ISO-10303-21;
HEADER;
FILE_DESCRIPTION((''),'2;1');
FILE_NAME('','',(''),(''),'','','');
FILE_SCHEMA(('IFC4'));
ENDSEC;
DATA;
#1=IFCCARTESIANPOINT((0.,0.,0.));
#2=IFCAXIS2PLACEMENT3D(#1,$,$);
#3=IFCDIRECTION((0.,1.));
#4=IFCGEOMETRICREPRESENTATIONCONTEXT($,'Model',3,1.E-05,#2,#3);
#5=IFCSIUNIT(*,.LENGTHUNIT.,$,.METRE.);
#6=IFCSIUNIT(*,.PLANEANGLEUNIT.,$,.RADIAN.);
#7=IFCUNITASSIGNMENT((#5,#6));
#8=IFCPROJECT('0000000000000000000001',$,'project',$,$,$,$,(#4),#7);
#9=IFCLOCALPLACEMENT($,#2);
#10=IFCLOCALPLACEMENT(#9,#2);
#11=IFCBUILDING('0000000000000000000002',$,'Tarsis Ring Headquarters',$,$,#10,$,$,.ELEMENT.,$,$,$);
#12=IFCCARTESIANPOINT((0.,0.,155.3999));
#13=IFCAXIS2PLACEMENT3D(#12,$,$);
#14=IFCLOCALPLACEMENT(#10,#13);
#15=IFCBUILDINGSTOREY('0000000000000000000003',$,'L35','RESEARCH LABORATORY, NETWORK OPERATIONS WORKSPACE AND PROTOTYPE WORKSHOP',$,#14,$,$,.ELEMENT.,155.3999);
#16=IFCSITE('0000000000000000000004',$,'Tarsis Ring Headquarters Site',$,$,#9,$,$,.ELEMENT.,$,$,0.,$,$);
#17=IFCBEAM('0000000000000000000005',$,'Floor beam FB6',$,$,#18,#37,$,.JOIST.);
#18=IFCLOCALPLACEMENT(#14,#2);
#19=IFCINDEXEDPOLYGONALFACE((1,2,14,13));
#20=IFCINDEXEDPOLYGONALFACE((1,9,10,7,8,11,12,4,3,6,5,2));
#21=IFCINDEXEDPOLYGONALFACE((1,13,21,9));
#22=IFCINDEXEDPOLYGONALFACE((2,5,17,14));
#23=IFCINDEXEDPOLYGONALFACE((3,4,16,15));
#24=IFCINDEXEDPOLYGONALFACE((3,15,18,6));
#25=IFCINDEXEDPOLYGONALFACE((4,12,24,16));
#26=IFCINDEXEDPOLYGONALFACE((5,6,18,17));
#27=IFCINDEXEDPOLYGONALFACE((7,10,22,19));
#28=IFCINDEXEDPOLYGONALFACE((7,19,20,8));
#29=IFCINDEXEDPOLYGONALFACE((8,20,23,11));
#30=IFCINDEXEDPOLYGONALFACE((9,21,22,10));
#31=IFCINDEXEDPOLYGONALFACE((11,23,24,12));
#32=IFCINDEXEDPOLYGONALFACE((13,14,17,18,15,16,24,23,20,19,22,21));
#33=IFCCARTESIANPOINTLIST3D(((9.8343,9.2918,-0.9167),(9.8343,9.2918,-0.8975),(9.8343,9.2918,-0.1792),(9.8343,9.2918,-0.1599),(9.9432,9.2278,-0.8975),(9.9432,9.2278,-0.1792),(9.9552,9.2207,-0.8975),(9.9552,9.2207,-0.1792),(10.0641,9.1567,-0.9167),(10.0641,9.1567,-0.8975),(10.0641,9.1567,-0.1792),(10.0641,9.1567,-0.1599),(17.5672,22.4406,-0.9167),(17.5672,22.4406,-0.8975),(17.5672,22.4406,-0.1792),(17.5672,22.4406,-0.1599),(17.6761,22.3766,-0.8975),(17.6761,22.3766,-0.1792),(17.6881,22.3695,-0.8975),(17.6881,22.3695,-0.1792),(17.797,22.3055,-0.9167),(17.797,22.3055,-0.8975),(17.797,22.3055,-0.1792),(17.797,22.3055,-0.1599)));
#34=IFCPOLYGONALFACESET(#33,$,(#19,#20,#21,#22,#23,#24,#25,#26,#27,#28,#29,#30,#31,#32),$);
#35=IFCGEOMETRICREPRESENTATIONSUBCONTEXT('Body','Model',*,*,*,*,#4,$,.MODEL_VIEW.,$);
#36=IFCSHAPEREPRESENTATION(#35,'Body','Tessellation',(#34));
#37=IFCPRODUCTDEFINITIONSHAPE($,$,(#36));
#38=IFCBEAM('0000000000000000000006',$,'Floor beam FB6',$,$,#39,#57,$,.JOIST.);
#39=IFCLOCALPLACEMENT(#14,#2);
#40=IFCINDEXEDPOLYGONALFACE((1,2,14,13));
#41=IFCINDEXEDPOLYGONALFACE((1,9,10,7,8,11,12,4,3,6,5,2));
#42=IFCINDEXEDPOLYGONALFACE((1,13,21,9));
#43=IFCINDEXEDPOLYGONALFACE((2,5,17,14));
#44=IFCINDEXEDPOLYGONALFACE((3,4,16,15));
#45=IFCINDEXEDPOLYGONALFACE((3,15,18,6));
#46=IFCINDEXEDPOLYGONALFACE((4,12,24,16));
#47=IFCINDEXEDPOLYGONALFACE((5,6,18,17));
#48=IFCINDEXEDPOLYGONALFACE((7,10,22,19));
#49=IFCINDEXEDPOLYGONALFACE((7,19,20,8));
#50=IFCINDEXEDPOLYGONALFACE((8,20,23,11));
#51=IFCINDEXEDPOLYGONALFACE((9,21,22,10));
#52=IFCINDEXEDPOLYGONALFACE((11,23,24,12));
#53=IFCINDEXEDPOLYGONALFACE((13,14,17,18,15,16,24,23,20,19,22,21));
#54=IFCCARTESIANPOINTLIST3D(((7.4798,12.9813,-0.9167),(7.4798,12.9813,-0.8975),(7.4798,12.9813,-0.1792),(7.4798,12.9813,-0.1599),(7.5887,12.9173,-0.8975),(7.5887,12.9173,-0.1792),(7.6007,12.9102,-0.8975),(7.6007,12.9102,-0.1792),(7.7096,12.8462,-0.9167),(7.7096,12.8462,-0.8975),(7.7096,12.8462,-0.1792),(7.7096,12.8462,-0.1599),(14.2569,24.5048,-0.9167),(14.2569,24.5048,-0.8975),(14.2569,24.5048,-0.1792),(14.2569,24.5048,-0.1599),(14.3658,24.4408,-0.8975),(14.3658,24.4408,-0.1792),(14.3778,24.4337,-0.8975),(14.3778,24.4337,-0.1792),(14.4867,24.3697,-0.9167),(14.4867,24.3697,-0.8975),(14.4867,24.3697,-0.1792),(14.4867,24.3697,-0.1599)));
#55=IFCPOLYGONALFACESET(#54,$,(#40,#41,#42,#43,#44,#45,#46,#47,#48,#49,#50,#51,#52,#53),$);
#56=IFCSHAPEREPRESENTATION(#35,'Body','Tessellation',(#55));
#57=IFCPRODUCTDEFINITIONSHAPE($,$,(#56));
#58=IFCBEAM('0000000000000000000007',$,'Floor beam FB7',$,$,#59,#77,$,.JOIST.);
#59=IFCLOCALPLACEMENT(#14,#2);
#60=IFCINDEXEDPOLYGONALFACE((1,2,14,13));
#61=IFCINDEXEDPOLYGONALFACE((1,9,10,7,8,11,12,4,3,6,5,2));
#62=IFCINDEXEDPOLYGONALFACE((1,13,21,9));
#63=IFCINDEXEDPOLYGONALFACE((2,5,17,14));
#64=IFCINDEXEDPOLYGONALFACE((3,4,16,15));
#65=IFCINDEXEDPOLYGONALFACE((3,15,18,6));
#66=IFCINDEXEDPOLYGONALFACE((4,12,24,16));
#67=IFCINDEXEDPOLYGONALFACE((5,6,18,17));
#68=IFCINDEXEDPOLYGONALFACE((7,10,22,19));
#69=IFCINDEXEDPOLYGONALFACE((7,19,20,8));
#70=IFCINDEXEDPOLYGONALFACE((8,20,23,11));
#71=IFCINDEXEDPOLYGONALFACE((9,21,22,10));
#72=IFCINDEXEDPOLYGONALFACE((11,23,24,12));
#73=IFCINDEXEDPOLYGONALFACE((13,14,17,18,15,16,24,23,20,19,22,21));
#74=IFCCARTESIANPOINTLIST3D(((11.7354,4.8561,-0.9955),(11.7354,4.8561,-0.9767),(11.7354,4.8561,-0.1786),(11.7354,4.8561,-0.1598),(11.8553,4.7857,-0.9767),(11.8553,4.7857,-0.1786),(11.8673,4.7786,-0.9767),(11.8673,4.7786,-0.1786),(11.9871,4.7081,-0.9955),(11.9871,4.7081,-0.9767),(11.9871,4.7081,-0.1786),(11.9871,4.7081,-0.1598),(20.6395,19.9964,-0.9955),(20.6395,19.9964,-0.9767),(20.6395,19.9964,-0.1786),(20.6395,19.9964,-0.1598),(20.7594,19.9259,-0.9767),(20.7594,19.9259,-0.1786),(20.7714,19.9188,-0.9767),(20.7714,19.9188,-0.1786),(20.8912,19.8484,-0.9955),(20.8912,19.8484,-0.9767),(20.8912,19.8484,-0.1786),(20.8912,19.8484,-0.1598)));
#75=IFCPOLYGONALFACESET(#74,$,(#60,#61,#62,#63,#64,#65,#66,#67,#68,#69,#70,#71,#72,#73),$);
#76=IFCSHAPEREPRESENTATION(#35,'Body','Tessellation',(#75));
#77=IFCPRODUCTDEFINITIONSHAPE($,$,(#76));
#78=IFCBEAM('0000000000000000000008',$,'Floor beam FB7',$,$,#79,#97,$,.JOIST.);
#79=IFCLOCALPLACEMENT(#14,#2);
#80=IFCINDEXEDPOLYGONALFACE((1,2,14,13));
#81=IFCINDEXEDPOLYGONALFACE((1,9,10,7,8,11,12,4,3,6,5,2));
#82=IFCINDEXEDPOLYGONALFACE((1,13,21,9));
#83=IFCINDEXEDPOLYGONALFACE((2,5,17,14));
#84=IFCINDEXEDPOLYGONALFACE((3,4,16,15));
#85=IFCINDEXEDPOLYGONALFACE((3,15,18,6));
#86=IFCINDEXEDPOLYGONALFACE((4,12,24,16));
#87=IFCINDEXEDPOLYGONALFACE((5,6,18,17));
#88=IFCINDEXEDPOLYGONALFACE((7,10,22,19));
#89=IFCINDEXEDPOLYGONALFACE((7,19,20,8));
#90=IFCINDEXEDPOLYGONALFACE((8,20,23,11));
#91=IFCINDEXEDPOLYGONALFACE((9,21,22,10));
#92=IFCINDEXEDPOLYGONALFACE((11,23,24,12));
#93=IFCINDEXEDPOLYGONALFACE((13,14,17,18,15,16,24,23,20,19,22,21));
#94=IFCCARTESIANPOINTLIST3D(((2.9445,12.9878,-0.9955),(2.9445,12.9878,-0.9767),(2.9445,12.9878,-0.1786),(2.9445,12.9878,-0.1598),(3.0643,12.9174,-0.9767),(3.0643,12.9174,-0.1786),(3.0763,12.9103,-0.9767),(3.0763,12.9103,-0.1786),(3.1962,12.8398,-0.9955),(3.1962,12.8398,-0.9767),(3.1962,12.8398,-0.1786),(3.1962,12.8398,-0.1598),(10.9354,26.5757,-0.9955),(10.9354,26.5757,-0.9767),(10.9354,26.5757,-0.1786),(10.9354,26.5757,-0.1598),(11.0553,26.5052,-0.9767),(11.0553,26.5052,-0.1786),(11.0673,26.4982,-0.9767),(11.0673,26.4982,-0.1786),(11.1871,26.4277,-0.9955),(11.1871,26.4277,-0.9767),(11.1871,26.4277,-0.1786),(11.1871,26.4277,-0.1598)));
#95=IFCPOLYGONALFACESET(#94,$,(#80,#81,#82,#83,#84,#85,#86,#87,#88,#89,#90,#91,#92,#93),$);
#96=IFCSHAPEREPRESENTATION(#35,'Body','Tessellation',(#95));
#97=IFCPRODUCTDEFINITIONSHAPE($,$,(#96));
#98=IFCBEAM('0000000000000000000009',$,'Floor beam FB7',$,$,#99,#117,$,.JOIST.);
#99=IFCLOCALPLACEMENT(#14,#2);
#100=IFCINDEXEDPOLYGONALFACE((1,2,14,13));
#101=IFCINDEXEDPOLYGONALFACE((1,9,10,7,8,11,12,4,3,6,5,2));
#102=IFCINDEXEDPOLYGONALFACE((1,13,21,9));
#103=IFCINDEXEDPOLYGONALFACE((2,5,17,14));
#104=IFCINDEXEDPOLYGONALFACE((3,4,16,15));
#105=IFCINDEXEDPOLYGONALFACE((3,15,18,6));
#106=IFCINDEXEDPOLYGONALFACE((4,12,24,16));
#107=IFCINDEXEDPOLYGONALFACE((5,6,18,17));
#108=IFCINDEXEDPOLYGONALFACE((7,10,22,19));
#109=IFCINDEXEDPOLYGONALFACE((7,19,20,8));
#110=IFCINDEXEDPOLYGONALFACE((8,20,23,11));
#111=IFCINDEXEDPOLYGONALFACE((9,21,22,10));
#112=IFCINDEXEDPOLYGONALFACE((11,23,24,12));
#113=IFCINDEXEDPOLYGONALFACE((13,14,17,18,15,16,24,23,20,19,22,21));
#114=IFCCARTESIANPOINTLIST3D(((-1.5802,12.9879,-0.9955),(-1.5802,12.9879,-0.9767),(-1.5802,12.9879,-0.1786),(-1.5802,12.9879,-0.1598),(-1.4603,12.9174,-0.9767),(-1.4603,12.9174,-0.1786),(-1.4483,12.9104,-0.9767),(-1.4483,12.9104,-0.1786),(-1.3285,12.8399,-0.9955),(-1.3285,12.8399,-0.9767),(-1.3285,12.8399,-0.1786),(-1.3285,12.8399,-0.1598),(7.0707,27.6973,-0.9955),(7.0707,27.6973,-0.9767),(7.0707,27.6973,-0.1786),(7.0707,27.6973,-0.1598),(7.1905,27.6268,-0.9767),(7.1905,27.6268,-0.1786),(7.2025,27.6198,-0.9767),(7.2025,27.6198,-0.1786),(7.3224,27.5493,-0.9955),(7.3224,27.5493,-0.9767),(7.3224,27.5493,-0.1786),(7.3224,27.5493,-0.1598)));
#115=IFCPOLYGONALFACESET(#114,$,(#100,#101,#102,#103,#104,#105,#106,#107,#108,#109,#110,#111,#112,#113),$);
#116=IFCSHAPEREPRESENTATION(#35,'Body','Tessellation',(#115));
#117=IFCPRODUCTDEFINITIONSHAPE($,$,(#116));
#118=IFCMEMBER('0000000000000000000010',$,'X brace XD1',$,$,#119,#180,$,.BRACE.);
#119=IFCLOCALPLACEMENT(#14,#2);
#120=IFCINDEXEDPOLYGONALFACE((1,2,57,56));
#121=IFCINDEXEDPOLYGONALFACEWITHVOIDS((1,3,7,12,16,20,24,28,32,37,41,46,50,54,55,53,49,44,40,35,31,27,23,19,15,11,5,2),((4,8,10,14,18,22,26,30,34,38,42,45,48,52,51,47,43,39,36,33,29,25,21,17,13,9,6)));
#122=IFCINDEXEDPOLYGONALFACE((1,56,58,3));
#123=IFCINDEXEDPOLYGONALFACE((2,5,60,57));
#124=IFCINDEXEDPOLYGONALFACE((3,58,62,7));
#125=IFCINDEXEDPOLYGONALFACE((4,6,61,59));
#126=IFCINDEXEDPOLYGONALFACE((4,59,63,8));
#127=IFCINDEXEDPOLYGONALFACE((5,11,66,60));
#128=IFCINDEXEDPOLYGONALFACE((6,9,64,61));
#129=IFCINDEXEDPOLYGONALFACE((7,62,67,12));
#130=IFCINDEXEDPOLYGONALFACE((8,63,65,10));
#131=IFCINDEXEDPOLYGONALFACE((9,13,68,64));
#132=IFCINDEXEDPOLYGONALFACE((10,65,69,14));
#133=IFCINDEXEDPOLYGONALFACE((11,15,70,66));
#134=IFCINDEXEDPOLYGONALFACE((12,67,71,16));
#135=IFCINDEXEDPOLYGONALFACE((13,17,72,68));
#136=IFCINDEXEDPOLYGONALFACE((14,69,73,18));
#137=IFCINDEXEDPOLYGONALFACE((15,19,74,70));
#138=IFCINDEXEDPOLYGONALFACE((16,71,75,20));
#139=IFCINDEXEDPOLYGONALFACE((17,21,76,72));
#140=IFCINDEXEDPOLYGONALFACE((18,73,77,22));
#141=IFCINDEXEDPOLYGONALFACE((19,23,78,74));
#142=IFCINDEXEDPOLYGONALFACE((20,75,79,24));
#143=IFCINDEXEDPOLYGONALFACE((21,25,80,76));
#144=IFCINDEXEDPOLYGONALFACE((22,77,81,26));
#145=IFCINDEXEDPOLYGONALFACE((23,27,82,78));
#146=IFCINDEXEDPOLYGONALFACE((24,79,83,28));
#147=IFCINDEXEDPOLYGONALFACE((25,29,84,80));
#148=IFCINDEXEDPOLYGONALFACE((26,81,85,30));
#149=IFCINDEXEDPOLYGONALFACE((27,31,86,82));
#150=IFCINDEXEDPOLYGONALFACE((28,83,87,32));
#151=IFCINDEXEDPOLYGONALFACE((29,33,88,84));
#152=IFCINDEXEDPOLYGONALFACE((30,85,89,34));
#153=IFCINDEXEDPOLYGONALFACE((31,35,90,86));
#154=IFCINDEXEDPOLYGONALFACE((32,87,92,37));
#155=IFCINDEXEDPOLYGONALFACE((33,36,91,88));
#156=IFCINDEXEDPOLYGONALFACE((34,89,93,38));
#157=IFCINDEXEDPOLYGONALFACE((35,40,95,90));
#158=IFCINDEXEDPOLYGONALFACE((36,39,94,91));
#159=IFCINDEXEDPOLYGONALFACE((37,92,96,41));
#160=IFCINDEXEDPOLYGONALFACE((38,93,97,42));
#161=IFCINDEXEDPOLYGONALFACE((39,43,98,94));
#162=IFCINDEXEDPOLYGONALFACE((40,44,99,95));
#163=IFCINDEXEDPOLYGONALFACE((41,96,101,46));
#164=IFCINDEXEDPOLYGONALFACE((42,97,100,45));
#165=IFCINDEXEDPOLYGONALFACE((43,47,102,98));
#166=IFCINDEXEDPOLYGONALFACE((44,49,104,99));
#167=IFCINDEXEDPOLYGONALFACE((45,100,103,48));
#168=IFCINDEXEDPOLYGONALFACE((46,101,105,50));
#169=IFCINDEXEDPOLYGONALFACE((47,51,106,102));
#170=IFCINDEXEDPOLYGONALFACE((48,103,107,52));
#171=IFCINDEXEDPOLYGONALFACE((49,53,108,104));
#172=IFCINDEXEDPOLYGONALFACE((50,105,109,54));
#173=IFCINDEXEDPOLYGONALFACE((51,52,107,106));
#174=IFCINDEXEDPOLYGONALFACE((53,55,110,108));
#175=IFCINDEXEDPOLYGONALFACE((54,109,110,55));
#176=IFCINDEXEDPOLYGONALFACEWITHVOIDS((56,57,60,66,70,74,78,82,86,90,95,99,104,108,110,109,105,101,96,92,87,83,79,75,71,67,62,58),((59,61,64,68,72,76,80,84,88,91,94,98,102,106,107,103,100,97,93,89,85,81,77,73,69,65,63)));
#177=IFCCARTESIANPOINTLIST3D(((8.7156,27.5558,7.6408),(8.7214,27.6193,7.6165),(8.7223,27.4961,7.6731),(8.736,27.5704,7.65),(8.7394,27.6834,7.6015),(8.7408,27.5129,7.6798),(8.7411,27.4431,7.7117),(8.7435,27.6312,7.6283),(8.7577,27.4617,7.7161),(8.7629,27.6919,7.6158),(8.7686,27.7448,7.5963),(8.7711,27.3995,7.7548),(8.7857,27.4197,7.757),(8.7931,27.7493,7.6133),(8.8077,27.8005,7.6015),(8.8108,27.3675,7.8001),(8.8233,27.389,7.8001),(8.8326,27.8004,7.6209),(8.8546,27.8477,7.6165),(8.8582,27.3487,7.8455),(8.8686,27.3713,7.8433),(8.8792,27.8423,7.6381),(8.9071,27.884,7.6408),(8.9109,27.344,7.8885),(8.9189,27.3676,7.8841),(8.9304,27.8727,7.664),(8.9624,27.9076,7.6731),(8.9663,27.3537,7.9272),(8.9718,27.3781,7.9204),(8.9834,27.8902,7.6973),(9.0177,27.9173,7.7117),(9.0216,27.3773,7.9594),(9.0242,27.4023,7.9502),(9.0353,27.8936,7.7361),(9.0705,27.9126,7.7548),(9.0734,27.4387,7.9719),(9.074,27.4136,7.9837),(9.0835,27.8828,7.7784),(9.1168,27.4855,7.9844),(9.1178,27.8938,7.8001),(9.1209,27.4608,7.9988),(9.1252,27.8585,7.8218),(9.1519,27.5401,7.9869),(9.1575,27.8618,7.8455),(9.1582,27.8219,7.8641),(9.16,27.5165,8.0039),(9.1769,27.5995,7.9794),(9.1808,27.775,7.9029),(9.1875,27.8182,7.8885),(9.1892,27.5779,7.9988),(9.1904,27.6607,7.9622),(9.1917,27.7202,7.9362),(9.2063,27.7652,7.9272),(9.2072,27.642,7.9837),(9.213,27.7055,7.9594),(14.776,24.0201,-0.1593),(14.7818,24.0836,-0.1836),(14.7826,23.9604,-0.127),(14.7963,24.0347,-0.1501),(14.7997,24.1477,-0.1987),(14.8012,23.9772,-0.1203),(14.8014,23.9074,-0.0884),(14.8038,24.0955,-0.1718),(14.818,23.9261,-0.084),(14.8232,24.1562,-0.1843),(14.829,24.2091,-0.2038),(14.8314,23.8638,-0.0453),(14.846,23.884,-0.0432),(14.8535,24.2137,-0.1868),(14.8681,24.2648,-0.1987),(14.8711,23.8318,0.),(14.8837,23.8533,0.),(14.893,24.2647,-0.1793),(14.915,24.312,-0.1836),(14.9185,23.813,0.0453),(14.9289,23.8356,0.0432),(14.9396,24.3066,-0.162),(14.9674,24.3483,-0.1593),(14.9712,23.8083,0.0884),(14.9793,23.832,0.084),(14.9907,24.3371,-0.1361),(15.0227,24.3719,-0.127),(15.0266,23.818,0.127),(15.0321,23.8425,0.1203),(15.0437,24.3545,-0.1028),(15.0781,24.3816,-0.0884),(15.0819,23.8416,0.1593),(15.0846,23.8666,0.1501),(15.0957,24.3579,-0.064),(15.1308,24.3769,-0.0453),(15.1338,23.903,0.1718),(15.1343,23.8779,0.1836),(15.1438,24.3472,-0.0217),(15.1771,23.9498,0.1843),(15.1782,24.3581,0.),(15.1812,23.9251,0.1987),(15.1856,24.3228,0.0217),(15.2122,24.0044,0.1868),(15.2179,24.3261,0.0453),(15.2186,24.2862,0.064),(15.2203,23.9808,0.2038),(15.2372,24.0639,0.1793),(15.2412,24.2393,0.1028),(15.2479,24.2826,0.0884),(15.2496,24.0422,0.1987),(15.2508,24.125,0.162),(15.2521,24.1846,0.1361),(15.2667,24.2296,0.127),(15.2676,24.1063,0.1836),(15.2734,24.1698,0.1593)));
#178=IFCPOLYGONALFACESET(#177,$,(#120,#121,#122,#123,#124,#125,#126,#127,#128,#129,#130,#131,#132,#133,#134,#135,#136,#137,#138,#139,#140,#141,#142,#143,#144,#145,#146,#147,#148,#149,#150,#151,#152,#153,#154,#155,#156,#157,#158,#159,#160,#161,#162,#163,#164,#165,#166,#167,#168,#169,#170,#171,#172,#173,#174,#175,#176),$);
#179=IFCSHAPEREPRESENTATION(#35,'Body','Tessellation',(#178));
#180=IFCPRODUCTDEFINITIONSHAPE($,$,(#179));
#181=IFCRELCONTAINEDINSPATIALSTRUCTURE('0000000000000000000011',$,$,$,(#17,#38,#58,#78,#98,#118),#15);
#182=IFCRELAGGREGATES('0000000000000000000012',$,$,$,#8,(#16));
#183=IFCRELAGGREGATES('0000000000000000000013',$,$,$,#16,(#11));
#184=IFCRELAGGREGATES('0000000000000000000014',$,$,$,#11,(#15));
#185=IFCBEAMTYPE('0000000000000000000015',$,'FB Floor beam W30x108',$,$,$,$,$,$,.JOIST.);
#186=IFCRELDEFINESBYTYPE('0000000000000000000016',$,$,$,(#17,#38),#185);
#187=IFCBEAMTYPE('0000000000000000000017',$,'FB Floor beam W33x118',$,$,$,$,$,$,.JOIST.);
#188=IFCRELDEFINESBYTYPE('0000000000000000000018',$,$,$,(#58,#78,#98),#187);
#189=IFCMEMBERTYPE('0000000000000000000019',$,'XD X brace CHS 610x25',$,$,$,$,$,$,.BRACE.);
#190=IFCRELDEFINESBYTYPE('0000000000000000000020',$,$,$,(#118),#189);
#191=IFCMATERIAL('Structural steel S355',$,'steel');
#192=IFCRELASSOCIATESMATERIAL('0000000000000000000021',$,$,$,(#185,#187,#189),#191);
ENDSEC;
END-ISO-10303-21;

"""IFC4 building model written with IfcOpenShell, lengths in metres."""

from ifc_helpers import new_model, si_unit, direction, frame, origin, origin_2d, place, context, subcontext, project, spatial, hollow_circle, i_section, extrude, material, material_profile, profile_set, type_object, element, save


model = new_model("IFC4")

# Units and contexts
model_context = context("Model", 3, precision=1e-05, world=origin(), true_north=direction((0.0, 1.0)))
body_context = subcontext(model_context, "Body", "Model", "MODEL_VIEW")
ifc_project = project(units=[si_unit("LENGTHUNIT", "METRE"), si_unit("PLANEANGLEUNIT", "RADIAN")], contexts=[model_context])

# Site, building, storey
site_placement = place(None, origin())
site = spatial("IfcSite", under=ifc_project, at=site_placement, Name="Tarsis Ring Headquarters Site", CompositionType="ELEMENT", RefElevation=0.0)
building_placement = place(site_placement, origin())
building = spatial("IfcBuilding", under=site, at=building_placement, Name="Tarsis Ring Headquarters", CompositionType="ELEMENT")
storey_placement = place(building_placement, frame((0.0, 0.0, 155.3999)))
storey = spatial("IfcBuildingStorey", under=building, at=storey_placement, Name="L35", Description="RESEARCH LABORATORY, NETWORK OPERATIONS WORKSPACE AND PROTOTYPE WORKSHOP", CompositionType="ELEMENT", Elevation=155.3999)

# Shared definitions
ifc_material_1 = material(Name="Structural steel S355", Category="steel")

# Beams
ifc_material_profile_1 = material_profile(ifc_material_1, i_section(OverallWidth=0.2666, OverallDepth=0.7568, WebThickness=0.0139, FlangeThickness=0.0193, at=origin_2d()), Name="W30x108")
ifc_profile_set_1 = profile_set([ifc_material_profile_1], Name="Structural steel S355")
beam_type_1 = type_object("IfcBeamType", Name="FB Floor beam W30x108", PredefinedType="JOIST", material=ifc_profile_set_1)
beam_1_placement = place(storey_placement, frame((17.6821, 22.373, -0.5383), z_axis=(-0.506942, -0.86198, 0.0), x_axis=(0.86198, -0.506942, 0.0)))
element("IfcBeam", 1, at=beam_1_placement, inside=storey, type_object=beam_type_1, Name="Floor beam FB6", PredefinedType="JOIST", context=body_context, shape_type="SweptSolid", body=[
    extrude(i_section(OverallWidth=0.2666, OverallDepth=0.7568, WebThickness=0.0139, FlangeThickness=0.0193, at=origin_2d()), origin(), (0.0, 0.0, 1.0), 15.2542),
])
beam_2_placement = place(storey_placement, frame((14.3718, 24.4373, -0.5383), z_axis=(-0.506943, -0.86198, 0.0), x_axis=(0.86198, -0.506943, 0.0)))
element("IfcBeam", 2, at=beam_2_placement, inside=storey, type_object=beam_type_1, Name="Floor beam FB6", PredefinedType="JOIST", context=body_context, shape_type="SweptSolid", body=[
    extrude(i_section(OverallWidth=0.2666, OverallDepth=0.7568, WebThickness=0.0139, FlangeThickness=0.0193, at=origin_2d()), origin(), (0.0, 0.0, 1.0), 13.3687),
])
ifc_material_profile_2 = material_profile(ifc_material_1, i_section(OverallWidth=0.292, OverallDepth=0.8357, WebThickness=0.0139, FlangeThickness=0.0188, at=origin_2d()), Name="W33x118")
ifc_profile_set_2 = profile_set([ifc_material_profile_2], Name="Structural steel S355")
beam_type_2 = type_object("IfcBeamType", Name="FB Floor beam W33x118", PredefinedType="JOIST", material=ifc_profile_set_2)
beam_3_placement = place(storey_placement, frame((20.7654, 19.9224, -0.5776), z_axis=(-0.506939, -0.861982, 0.0), x_axis=(0.861982, -0.506939, 0.0)))
element("IfcBeam", 3, at=beam_3_placement, inside=storey, type_object=beam_type_2, Name="Floor beam FB7", PredefinedType="JOIST", context=body_context, shape_type="SweptSolid", body=[
    extrude(i_section(OverallWidth=0.292, OverallDepth=0.8357, WebThickness=0.0139, FlangeThickness=0.0188, at=origin_2d()), origin(), (0.0, 0.0, 1.0), 17.5645),
])
beam_4_placement = place(storey_placement, frame((11.0613, 26.5017, -0.5776), z_axis=(-0.50693, -0.861987, 0.0), x_axis=(0.861987, -0.50693, 0.0)))
element("IfcBeam", 4, at=beam_4_placement, inside=storey, type_object=beam_type_2, Name="Floor beam FB7", PredefinedType="JOIST", context=body_context, shape_type="SweptSolid", body=[
    extrude(i_section(OverallWidth=0.292, OverallDepth=0.8357, WebThickness=0.0139, FlangeThickness=0.0188, at=origin_2d()), origin(), (0.0, 0.0, 1.0), 15.7634),
])
beam_5_placement = place(storey_placement, frame((7.1965, 27.6233, -0.5776), z_axis=(-0.506944, -0.861979, 0.0), x_axis=(0.861979, -0.506944, 0.0)))
element("IfcBeam", 5, at=beam_5_placement, inside=storey, type_object=beam_type_2, Name="Floor beam FB7", PredefinedType="JOIST", context=body_context, shape_type="SweptSolid", body=[
    extrude(i_section(OverallWidth=0.292, OverallDepth=0.8357, WebThickness=0.0139, FlangeThickness=0.0188, at=origin_2d()), origin(), (0.0, 0.0, 1.0), 17.0647),
])

# Member
ifc_material_profile_3 = material_profile(ifc_material_1, hollow_circle(Radius=0.3047, WallThickness=0.0249, at=origin_2d()), Name="CHS 610x25")
ifc_profile_set_3 = profile_set([ifc_material_profile_3], Name="Structural steel S355")
member_type = type_object("IfcMemberType", Name="XD X brace CHS 610x25", PredefinedType="BRACE", material=ifc_profile_set_3)
member_1_placement = place(storey_placement, frame((15.0247, 24.095, 0.0), z_axis=(-0.577647, 0.337005, 0.743473), x_axis=(-0.503921, -0.86375, 0.0)))
element("IfcMember", 6, at=member_1_placement, inside=storey, type_object=member_type, Name="X brace XD1", PredefinedType="BRACE", context=body_context, shape_type="SweptSolid", body=[
    extrude(hollow_circle(Radius=0.3047, WallThickness=0.0249, at=origin_2d()), origin(), (0.0, 0.0, 1.0), 10.4915),
])

save(model, "model.ifc")
